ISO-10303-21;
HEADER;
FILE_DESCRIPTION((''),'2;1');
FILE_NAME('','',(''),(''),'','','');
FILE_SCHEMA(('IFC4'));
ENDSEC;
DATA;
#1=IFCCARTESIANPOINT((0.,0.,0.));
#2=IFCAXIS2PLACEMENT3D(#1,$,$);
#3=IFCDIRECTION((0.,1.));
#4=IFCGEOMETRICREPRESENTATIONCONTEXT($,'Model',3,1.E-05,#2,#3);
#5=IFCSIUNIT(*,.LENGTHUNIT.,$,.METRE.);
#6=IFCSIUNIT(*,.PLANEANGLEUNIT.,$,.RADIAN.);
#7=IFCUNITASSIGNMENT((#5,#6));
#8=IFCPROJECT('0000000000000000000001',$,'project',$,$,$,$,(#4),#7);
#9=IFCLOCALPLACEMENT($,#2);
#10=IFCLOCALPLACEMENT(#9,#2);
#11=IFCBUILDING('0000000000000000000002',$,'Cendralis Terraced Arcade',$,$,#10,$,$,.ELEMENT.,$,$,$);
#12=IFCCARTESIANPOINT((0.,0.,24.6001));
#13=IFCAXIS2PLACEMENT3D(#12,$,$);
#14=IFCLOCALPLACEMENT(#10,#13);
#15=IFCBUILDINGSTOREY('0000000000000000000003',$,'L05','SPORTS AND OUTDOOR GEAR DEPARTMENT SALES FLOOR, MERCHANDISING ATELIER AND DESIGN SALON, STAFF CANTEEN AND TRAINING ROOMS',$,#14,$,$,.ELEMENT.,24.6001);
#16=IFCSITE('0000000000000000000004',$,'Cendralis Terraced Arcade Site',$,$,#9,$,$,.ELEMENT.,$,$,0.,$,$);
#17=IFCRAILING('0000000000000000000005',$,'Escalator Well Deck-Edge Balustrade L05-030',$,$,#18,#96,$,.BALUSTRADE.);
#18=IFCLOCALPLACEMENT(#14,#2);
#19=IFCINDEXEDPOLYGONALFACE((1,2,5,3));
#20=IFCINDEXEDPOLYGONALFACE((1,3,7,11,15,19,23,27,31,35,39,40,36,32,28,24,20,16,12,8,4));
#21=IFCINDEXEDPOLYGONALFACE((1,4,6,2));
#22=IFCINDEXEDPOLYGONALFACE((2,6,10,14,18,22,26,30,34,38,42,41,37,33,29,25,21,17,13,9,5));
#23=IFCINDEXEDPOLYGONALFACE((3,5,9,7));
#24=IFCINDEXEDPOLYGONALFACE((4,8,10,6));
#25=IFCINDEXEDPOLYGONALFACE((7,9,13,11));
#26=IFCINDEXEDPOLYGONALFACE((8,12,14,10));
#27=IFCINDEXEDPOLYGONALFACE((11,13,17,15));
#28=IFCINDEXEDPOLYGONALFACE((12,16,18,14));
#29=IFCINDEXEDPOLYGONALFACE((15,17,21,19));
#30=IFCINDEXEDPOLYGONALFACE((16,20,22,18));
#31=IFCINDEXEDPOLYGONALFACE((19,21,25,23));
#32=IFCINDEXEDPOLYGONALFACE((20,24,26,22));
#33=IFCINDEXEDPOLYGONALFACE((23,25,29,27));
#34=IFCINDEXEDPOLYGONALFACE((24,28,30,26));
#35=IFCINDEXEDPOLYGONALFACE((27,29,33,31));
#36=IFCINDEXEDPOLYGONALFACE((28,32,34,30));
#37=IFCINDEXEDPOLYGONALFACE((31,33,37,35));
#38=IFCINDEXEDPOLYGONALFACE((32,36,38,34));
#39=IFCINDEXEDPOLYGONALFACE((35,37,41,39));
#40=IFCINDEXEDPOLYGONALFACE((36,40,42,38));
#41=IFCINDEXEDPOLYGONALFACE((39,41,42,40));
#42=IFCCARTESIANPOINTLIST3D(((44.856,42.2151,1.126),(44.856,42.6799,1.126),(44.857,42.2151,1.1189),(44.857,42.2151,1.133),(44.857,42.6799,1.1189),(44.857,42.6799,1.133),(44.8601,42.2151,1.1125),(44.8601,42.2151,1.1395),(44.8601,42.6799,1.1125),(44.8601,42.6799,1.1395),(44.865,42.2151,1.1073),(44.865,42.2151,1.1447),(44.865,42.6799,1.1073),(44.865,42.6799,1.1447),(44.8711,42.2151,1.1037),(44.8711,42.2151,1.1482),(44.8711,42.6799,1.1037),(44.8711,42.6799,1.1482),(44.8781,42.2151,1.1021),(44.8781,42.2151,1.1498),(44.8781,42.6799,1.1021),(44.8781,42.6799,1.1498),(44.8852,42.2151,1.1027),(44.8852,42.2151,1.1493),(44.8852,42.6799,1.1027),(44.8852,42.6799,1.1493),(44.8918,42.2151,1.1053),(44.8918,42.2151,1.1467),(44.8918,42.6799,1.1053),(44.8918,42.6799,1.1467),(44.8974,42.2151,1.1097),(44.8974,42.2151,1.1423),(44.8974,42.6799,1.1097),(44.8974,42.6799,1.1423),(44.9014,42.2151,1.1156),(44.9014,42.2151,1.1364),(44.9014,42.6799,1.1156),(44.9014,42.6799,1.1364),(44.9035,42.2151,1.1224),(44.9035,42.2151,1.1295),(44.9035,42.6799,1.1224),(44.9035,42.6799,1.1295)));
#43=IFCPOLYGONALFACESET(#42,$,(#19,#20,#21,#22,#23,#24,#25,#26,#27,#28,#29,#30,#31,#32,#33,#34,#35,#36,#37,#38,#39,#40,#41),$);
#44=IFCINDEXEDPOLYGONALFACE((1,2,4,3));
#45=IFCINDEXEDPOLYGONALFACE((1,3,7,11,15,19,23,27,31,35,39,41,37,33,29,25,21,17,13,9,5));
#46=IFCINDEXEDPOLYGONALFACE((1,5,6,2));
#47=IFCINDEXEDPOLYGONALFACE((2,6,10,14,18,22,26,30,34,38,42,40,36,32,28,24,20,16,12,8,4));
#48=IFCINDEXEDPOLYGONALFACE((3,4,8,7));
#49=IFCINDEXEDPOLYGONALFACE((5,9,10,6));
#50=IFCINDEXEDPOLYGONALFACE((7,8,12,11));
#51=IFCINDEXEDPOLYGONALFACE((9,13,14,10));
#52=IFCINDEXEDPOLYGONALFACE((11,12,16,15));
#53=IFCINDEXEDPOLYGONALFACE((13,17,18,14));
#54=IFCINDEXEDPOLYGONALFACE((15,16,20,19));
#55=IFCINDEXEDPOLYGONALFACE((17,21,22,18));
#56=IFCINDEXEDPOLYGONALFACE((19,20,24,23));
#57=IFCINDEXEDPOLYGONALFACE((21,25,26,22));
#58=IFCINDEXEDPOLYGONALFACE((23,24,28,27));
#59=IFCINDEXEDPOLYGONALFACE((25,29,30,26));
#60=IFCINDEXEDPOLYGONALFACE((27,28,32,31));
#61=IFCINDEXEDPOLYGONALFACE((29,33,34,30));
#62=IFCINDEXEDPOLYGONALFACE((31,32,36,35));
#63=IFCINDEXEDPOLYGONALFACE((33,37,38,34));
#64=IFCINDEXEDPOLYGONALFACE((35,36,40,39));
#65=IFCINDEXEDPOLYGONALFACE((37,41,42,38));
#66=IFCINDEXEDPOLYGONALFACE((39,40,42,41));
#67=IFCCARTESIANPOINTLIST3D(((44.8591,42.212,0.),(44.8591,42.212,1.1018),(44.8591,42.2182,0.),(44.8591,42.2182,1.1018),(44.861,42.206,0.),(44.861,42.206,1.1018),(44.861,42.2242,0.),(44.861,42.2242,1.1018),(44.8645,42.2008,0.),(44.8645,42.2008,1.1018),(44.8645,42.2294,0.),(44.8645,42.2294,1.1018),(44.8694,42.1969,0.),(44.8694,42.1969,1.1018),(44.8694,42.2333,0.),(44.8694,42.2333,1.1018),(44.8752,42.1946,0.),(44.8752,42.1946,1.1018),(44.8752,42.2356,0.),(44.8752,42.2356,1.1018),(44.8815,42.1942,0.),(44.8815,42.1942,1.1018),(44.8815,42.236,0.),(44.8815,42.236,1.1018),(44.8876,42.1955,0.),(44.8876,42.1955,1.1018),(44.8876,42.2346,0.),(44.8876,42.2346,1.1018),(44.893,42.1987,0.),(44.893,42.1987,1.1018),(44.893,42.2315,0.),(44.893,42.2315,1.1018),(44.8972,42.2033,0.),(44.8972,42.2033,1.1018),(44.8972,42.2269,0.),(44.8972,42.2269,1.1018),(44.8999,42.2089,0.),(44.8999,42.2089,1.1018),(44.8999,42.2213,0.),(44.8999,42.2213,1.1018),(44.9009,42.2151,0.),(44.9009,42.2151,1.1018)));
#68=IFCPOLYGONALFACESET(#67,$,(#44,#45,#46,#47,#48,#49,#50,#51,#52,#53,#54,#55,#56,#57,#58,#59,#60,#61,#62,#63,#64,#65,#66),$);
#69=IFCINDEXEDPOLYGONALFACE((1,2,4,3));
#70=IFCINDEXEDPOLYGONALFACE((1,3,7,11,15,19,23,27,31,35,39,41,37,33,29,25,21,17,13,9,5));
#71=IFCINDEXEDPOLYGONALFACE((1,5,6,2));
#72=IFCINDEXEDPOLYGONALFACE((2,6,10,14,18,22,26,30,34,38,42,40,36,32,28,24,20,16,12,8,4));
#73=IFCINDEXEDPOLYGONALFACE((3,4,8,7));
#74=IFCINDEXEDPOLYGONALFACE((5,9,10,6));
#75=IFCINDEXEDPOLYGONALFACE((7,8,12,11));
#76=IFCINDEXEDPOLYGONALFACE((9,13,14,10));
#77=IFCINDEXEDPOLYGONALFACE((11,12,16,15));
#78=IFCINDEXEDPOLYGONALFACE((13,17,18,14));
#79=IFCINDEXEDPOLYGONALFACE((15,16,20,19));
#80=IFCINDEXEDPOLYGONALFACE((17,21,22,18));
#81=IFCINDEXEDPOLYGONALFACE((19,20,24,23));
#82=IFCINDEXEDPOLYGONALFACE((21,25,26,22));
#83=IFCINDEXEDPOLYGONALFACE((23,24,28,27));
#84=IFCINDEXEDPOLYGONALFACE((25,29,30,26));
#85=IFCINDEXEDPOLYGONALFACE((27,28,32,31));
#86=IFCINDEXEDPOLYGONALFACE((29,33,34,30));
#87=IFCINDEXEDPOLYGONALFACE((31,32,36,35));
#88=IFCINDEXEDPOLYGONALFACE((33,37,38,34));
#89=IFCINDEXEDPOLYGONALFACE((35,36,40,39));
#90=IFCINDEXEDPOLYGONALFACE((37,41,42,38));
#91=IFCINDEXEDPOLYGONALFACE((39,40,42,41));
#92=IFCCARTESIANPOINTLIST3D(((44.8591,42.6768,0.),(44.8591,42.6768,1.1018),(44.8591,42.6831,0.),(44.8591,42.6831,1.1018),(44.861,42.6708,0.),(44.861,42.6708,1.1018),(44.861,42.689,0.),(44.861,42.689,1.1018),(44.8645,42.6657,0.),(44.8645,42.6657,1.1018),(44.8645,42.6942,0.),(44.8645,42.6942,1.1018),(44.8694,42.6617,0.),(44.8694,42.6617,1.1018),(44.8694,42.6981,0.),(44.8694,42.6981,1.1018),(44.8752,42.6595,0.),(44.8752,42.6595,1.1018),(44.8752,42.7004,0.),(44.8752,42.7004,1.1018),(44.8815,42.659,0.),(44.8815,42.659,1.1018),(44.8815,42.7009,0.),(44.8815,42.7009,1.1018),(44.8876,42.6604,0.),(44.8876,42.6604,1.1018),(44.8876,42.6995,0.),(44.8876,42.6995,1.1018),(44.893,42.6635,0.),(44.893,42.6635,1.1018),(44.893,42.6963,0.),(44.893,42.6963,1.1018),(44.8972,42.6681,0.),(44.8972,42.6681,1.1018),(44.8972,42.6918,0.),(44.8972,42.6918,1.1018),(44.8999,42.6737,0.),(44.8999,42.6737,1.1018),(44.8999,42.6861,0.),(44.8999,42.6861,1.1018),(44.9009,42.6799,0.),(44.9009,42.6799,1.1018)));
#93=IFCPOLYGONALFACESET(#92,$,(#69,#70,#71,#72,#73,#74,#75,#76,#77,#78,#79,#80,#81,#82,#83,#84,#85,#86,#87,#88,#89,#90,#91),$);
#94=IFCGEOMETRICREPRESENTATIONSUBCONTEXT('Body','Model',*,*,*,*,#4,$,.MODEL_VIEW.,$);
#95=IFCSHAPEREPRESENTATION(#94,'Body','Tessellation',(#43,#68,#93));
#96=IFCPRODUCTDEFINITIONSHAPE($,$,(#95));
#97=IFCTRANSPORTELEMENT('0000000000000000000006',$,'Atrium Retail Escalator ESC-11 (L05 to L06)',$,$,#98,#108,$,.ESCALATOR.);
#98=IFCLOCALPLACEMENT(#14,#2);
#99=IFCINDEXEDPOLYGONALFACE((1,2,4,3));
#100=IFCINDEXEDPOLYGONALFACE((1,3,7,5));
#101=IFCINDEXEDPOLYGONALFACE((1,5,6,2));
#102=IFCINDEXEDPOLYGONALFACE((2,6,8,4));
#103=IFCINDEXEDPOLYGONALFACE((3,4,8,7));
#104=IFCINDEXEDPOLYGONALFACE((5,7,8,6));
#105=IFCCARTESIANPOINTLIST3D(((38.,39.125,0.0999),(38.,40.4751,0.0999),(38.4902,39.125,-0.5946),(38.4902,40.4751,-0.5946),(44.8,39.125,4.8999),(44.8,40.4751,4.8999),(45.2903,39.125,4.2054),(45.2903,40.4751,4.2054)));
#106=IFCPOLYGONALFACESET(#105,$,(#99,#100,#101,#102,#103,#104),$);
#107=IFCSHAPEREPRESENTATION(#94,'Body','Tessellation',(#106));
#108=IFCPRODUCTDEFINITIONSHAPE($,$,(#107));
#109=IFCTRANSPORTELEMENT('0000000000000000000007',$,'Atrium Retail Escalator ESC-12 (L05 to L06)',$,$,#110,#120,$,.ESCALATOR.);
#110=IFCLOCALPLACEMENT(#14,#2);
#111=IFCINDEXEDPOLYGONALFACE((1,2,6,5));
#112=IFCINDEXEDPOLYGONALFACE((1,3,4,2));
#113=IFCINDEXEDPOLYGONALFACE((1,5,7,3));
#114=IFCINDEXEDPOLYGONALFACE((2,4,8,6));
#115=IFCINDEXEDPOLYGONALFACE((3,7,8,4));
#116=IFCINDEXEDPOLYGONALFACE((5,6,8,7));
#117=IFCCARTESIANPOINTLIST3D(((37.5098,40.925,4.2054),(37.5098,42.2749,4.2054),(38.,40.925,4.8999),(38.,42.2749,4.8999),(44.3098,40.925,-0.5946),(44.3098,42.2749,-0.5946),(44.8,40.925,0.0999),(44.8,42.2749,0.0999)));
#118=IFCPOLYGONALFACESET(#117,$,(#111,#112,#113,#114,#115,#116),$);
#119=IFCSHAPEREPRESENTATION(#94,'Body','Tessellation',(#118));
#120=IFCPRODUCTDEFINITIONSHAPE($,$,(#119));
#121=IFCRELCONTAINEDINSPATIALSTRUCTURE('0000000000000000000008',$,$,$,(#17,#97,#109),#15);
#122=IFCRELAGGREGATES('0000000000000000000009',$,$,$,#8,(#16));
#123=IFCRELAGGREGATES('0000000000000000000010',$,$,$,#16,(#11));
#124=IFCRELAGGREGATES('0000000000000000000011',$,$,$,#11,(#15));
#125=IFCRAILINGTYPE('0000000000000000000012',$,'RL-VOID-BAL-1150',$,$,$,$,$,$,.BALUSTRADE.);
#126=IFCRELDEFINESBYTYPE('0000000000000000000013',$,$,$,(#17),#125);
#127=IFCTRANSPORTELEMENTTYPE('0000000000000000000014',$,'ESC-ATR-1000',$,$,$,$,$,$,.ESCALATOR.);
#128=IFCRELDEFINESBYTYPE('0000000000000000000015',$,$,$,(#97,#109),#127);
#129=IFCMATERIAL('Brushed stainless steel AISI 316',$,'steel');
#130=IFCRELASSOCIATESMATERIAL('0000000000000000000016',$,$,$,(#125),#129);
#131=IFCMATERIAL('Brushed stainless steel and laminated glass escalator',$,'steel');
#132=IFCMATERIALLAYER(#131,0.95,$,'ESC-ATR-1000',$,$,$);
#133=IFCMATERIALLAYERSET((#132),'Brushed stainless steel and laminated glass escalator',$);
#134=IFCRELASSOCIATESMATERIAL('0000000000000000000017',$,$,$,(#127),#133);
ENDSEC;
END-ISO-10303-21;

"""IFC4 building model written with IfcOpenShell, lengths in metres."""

from ifc_helpers import new_model, si_unit, direction, frame, origin, origin_2d, place, context, subcontext, project, spatial, polyline, circle, outline, extrude, material, layer, layer_set, type_object, element, save


model = new_model("IFC4")

# Units and contexts
model_context = context("Model", 3, precision=1e-05, world=origin(), true_north=direction((0.0, 1.0)))
body_context = subcontext(model_context, "Body", "Model", "MODEL_VIEW")
ifc_project = project(units=[si_unit("LENGTHUNIT", "METRE"), si_unit("PLANEANGLEUNIT", "RADIAN")], contexts=[model_context])

# Site, building, storey
site_placement = place(None, origin())
site = spatial("IfcSite", under=ifc_project, at=site_placement, Name="Cendralis Terraced Arcade Site", CompositionType="ELEMENT", RefElevation=0.0)
building_placement = place(site_placement, origin())
building = spatial("IfcBuilding", under=site, at=building_placement, Name="Cendralis Terraced Arcade", CompositionType="ELEMENT")
storey_placement = place(building_placement, frame((0.0, 0.0, 24.6001)))
storey = spatial("IfcBuildingStorey", under=building, at=storey_placement, Name="L05", Description="SPORTS AND OUTDOOR GEAR DEPARTMENT SALES FLOOR, MERCHANDISING ATELIER AND DESIGN SALON, STAFF CANTEEN AND TRAINING ROOMS", CompositionType="ELEMENT", Elevation=24.6001)

# Railing
ifc_material_1 = material(Name="Brushed stainless steel AISI 316", Category="steel")
railing_type_1 = type_object("IfcRailingType", Name="RL-VOID-BAL-1150", PredefinedType="BALUSTRADE", material=ifc_material_1)
railing_1_placement = place(storey_placement, frame((44.8799, 42.2151, 0.0)))
element("IfcRailing", 1, at=railing_1_placement, inside=storey, type_object=railing_type_1, Name="Escalator Well Deck-Edge Balustrade L05-030", PredefinedType="BALUSTRADE", context=body_context, shape_type="SweptSolid", body=[
    extrude(circle(Radius=0.0239, at=origin_2d()), frame((0.0, 0.0, 1.126), z_axis=(0.0, 1.0, 0.0), x_axis=(-1.0, 0.0, 0.0)), (0.0, 0.0, 1.0), 0.4648),
    extrude(circle(Radius=0.021, at=origin_2d()), origin(), (0.0, 0.0, 1.0), 1.1018),
    extrude(circle(Radius=0.021, at=origin_2d()), frame((0.0, 0.4648, 0.0)), (0.0, 0.0, 1.0), 1.1018),
])

# Transport elements
ifc_material_2 = material(Name="Brushed stainless steel and laminated glass escalator", Category="steel")
ifc_layer_1 = layer(ifc_material_2, 0.95, Name="ESC-ATR-1000")
ifc_layer_set_1 = layer_set([ifc_layer_1], Name="Brushed stainless steel and laminated glass escalator")
transport_element_type = type_object("IfcTransportElementType", Name="ESC-ATR-1000", PredefinedType="ESCALATOR", material=ifc_layer_set_1)
transport_element_1_placement = place(storey_placement, frame((38.0, 39.125, 0.0999), z_axis=(-0.576684, 0.0, 0.816967), x_axis=(0.816967, 0.0, 0.576684)))
element("IfcTransportElement", 2, at=transport_element_1_placement, inside=storey, type_object=transport_element_type, Name="Atrium Retail Escalator ESC-11 (L05 to L06)", PredefinedType="ESCALATOR", context=body_context, shape_type="SweptSolid", body=[
    extrude(outline(polyline([(0.0, 0.0), (8.3235, 0.0), (8.3235, 1.3501), (0.0, 1.3501), (0.0, 0.0)])), origin(), (0.0, 0.0, -1.0), 0.8501),
])
transport_element_2_placement = place(storey_placement, frame((44.8, 40.925, 0.0999), z_axis=(0.576684, 0.0, 0.816967), x_axis=(-0.816967, 0.0, 0.576684)))
element("IfcTransportElement", 3, at=transport_element_2_placement, inside=storey, type_object=transport_element_type, Name="Atrium Retail Escalator ESC-12 (L05 to L06)", PredefinedType="ESCALATOR", context=body_context, shape_type="SweptSolid", body=[
    extrude(outline(polyline([(0.0, 0.0), (8.3235, 0.0), (8.3235, -1.3499), (0.0, -1.3499), (0.0, 0.0)])), origin(), (0.0, 0.0, -1.0), 0.8501),
])

save(model, "model.ifc")
